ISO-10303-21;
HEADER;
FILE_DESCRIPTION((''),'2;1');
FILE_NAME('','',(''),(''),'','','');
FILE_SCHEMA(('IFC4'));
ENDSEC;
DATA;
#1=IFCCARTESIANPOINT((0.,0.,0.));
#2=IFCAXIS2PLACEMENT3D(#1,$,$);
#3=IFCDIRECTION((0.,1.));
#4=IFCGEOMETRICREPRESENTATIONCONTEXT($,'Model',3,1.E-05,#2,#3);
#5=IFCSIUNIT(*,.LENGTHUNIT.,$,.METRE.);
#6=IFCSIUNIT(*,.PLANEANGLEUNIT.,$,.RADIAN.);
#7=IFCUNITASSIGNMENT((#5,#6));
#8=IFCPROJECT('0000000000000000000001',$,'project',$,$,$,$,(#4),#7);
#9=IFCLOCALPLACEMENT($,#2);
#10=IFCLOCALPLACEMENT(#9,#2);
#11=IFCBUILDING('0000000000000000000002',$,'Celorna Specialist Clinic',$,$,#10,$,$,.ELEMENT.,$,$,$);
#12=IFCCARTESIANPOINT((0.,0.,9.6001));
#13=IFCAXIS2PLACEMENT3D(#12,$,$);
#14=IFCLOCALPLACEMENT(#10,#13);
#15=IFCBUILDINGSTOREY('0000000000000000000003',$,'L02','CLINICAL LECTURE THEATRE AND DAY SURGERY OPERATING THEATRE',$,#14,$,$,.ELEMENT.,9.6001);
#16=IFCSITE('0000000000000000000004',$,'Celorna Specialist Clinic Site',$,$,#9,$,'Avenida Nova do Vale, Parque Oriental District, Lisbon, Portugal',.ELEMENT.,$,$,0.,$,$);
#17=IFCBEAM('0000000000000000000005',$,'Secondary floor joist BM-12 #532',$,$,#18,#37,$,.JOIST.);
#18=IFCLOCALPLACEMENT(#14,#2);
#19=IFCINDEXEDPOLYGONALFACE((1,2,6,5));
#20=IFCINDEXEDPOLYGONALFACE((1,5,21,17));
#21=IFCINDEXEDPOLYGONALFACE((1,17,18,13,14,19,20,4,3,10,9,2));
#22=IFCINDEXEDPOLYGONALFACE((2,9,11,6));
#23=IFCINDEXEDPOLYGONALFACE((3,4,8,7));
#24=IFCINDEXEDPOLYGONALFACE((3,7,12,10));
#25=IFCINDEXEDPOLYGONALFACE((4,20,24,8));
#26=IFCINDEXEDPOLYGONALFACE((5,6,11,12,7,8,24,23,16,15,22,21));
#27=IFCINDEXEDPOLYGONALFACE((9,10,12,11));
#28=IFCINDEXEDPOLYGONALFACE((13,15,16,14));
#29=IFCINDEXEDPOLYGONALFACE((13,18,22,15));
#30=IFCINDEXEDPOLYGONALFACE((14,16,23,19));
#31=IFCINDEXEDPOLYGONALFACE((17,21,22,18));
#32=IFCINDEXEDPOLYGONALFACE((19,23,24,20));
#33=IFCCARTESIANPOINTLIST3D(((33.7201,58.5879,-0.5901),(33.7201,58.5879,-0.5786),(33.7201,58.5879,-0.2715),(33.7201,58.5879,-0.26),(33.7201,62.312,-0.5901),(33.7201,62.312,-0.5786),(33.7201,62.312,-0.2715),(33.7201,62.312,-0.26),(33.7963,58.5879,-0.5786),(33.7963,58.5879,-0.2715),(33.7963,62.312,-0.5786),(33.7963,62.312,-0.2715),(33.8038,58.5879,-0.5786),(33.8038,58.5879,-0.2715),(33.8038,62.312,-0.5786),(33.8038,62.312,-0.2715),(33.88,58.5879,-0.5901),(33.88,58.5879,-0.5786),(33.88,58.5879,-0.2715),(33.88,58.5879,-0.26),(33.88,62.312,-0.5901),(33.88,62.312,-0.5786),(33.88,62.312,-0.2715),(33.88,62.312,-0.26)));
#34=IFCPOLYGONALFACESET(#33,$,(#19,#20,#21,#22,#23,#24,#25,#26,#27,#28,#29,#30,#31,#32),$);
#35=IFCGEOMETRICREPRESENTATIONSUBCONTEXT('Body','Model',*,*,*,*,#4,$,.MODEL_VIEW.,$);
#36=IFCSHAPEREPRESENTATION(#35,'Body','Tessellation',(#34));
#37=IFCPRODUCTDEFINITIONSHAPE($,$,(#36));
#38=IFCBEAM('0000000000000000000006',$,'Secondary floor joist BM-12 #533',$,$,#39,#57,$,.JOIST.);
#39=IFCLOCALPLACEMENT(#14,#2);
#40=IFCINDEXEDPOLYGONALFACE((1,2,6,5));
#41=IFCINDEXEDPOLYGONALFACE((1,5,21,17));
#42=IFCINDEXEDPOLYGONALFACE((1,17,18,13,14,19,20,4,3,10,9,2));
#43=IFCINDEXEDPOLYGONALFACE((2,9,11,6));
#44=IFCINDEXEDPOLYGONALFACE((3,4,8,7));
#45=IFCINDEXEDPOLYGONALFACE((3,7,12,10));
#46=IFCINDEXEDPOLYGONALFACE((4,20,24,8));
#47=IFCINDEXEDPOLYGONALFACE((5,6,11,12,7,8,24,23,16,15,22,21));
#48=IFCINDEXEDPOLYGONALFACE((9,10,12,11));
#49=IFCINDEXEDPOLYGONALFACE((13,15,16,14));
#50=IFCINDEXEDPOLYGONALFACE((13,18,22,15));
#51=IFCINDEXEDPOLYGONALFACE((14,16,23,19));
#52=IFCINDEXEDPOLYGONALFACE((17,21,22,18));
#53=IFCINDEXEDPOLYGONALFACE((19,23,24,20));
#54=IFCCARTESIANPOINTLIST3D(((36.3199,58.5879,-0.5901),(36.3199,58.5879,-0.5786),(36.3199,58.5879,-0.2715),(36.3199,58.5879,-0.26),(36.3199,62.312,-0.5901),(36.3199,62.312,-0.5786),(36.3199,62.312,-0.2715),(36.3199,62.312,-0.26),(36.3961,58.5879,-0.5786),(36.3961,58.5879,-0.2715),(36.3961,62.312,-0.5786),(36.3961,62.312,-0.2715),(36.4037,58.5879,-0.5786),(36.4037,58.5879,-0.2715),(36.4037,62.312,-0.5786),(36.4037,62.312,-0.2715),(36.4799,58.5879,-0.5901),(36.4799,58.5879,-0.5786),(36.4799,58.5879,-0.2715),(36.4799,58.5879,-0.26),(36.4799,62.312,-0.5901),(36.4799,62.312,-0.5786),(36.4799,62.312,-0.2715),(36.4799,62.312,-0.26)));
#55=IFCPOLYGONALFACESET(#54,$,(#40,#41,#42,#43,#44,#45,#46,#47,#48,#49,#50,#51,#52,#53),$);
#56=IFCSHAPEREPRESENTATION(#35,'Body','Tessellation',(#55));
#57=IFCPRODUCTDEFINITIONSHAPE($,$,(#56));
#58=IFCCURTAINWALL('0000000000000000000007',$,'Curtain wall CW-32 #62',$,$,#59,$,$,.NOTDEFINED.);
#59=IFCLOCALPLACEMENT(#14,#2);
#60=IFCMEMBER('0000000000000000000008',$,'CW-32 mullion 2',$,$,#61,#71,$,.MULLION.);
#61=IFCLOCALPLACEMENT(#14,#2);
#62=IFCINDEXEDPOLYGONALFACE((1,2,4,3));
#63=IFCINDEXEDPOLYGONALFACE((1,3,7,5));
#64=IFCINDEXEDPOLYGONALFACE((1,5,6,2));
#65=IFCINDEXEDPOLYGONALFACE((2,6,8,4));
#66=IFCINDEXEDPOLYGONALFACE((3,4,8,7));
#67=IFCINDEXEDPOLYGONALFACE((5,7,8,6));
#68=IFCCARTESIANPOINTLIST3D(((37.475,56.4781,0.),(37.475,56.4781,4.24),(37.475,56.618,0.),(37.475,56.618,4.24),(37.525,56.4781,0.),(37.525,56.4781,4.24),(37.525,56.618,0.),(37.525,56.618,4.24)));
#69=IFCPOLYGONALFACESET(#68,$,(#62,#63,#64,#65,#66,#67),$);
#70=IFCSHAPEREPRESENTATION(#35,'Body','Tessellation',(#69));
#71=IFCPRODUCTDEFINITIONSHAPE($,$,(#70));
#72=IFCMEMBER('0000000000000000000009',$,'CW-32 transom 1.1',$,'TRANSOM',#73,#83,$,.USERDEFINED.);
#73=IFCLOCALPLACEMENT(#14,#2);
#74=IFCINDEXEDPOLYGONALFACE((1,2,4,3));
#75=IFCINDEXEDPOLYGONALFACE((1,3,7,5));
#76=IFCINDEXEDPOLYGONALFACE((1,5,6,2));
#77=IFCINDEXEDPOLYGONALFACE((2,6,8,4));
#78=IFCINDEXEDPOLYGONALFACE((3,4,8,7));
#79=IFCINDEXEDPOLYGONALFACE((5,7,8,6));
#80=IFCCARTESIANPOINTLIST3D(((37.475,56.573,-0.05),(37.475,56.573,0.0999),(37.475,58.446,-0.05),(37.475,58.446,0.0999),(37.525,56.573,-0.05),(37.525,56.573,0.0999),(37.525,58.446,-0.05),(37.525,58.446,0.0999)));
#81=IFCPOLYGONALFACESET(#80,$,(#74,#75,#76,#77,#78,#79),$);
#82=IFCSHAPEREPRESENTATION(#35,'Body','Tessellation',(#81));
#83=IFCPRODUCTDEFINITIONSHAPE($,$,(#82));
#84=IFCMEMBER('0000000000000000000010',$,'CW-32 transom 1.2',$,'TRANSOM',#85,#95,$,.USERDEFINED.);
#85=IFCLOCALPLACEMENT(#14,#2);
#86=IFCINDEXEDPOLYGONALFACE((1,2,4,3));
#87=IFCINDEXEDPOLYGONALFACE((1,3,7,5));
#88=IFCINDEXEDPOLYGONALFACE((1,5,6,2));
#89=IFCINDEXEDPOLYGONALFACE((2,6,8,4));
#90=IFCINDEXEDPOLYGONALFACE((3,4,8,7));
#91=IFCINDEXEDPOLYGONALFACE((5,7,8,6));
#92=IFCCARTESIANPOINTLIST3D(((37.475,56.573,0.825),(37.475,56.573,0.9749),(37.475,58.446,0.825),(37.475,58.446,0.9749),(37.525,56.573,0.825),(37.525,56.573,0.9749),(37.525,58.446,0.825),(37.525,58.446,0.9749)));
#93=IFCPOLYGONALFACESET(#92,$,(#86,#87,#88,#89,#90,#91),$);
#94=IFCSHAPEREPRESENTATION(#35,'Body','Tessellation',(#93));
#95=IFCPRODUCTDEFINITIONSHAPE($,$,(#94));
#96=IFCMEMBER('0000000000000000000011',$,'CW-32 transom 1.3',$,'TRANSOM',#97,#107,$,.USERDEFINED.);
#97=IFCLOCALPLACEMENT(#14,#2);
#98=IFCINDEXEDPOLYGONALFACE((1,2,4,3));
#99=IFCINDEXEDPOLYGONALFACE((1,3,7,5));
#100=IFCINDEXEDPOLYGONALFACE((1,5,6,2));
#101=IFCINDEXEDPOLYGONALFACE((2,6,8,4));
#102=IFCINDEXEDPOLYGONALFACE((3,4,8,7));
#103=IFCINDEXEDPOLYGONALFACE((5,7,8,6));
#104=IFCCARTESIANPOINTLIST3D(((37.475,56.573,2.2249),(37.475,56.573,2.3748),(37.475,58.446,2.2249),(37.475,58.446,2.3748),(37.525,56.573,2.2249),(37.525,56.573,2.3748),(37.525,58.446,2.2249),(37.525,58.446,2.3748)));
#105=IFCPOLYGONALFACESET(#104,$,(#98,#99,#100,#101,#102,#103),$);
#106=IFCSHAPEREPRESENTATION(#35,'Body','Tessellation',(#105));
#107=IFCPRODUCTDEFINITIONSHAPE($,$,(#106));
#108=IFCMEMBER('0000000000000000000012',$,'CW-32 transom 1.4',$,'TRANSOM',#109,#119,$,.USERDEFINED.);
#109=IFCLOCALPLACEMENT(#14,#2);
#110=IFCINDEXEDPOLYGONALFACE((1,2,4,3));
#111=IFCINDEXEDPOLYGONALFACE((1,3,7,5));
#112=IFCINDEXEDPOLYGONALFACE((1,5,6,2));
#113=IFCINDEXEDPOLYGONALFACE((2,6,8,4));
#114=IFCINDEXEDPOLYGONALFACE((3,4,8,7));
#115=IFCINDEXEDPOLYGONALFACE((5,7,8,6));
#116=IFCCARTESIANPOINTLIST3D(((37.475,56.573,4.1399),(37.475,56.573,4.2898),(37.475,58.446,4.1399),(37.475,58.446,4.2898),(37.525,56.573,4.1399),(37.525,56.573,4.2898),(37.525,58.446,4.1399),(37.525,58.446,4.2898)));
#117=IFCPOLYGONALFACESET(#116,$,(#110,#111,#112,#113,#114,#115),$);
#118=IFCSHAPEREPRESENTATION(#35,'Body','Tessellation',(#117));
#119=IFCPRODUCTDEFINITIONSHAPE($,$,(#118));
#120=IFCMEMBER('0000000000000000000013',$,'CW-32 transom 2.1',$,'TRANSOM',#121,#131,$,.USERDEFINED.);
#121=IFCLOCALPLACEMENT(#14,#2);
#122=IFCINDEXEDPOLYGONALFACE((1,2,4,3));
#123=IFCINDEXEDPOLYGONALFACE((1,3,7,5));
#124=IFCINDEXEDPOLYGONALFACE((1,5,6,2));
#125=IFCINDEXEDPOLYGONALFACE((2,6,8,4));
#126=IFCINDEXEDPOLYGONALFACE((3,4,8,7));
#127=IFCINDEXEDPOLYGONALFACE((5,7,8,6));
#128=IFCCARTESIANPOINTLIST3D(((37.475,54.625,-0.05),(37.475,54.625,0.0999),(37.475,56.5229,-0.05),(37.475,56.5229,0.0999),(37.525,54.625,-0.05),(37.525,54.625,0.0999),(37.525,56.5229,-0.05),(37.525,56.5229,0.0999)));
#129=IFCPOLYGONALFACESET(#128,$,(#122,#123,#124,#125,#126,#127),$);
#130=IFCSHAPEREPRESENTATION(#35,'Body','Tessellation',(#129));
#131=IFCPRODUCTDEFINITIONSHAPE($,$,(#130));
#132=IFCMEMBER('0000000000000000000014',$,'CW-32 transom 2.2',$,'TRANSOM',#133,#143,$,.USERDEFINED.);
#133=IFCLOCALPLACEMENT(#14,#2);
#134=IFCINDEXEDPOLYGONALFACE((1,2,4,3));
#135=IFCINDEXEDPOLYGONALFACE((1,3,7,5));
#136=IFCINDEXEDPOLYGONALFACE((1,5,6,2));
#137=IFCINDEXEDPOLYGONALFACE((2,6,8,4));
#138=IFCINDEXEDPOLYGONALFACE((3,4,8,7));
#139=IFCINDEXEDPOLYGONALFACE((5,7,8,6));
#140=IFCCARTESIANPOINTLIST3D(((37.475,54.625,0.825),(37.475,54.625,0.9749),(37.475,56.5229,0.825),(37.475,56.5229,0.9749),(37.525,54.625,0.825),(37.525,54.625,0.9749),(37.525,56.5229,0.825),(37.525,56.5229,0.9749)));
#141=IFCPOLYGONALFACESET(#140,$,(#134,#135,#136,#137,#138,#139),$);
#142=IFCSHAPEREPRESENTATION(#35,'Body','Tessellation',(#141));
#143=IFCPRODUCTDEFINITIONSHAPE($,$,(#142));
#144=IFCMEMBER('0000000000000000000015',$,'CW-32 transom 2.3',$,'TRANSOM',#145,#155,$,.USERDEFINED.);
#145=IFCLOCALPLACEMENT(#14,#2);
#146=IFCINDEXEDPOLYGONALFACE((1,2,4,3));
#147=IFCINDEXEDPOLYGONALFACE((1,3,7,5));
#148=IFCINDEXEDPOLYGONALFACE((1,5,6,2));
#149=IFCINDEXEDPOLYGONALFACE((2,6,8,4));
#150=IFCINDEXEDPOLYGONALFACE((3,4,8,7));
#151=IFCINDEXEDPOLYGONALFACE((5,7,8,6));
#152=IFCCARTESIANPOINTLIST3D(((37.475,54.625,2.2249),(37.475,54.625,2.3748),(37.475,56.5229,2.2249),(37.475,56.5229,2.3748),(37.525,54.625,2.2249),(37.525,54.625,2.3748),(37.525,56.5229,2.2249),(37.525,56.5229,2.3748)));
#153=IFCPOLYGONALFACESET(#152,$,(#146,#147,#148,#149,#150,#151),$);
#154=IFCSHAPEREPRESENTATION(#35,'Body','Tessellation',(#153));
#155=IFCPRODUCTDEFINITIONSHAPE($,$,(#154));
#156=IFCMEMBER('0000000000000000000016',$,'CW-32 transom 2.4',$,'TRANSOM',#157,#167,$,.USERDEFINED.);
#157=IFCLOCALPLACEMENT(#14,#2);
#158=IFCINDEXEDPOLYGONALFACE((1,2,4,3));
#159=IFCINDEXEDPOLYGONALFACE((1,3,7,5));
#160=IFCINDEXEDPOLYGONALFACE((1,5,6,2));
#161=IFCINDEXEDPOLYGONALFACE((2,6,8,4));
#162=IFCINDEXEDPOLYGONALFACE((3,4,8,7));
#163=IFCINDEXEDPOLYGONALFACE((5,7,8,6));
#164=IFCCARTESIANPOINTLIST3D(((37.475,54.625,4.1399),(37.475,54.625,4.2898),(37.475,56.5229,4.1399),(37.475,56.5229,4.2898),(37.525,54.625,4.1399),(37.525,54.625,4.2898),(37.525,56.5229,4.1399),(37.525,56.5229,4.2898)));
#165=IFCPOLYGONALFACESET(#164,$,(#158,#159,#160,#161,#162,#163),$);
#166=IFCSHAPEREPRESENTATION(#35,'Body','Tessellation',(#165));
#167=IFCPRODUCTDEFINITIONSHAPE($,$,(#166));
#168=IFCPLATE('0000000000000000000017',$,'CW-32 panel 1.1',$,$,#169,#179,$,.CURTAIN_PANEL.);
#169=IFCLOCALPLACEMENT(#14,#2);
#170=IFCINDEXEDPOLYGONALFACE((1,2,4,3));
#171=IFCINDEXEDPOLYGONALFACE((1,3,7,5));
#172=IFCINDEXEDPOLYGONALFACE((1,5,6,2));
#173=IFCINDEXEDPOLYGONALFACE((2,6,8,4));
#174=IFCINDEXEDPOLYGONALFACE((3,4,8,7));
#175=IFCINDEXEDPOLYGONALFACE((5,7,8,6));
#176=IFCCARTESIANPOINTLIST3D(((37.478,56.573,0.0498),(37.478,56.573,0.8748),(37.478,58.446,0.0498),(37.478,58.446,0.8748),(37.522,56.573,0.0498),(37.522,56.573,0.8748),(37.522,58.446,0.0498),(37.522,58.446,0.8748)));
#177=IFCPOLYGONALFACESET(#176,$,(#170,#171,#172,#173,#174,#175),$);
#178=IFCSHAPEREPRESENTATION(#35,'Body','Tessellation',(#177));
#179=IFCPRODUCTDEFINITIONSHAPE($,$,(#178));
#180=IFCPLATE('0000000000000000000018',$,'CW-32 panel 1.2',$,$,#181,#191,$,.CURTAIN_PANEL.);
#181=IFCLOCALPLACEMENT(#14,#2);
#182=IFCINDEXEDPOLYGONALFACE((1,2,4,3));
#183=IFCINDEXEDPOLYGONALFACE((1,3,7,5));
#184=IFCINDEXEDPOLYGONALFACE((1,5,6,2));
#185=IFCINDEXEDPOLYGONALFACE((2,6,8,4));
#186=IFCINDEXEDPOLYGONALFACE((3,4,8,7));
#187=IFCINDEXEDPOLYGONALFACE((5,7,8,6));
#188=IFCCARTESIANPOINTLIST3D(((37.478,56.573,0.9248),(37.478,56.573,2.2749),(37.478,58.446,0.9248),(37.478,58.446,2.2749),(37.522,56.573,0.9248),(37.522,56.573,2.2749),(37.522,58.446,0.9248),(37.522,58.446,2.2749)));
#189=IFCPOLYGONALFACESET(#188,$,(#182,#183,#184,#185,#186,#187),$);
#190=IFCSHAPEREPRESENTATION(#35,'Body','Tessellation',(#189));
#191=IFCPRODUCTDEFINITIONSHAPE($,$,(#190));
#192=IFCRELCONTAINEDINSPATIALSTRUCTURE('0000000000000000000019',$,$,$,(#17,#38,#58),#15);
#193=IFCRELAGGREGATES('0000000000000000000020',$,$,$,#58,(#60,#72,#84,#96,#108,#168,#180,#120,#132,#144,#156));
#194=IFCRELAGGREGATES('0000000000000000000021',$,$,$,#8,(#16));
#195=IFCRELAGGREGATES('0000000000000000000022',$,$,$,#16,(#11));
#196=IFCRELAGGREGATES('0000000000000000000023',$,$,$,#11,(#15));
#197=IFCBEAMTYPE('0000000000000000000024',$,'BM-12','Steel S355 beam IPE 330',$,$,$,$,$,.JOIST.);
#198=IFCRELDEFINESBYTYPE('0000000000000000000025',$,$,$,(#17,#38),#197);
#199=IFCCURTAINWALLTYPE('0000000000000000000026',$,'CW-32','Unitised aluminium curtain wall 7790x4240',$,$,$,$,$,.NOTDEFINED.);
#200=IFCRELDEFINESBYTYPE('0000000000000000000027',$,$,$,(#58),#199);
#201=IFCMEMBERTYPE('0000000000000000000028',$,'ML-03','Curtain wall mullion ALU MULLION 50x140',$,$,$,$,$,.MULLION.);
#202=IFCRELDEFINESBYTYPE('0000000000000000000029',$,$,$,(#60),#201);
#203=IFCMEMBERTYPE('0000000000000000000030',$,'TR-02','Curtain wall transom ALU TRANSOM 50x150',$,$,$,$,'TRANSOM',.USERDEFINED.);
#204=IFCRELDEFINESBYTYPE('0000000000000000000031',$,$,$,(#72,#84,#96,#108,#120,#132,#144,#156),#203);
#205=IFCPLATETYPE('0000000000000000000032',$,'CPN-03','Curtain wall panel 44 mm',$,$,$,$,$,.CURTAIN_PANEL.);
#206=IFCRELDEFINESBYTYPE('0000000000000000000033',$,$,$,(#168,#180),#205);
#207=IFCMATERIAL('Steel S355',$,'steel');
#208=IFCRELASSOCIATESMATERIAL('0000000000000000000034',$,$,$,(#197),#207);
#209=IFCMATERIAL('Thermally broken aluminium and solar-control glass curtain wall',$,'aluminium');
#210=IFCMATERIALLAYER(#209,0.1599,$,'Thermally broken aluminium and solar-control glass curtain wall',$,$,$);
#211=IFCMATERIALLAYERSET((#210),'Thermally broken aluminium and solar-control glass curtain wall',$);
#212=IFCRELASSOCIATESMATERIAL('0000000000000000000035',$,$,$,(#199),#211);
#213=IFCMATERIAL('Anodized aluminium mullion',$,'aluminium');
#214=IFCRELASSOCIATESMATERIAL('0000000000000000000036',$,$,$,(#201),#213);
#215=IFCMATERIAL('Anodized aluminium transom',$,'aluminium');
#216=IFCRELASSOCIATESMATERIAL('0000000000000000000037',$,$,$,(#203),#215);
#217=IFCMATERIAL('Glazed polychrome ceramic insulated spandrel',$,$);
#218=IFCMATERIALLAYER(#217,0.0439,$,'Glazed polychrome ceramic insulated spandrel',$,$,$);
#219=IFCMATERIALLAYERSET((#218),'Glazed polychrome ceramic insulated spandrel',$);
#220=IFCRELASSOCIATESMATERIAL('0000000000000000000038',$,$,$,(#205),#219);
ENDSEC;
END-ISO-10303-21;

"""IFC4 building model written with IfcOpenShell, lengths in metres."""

from ifc_helpers import new_model, si_unit, direction, frame, origin, origin_2d, place, context, subcontext, project, spatial, rectangle, i_section, extrude, material, layer, layer_set, material_profile, profile_set, type_object, element, aggregate, save


model = new_model("IFC4")

# Units and contexts
model_context = context("Model", 3, precision=1e-05, world=origin(), true_north=direction((0.0, 1.0)))
body_context = subcontext(model_context, "Body", "Model", "MODEL_VIEW")
ifc_project = project(units=[si_unit("LENGTHUNIT", "METRE"), si_unit("PLANEANGLEUNIT", "RADIAN")], contexts=[model_context])

# Site, building, storey
site_placement = place(None, origin())
site = spatial("IfcSite", under=ifc_project, at=site_placement, Name="Celorna Specialist Clinic Site", LongName="Avenida Nova do Vale, Parque Oriental District, Lisbon, Portugal", CompositionType="ELEMENT", RefElevation=0.0)
building_placement = place(site_placement, origin())
building = spatial("IfcBuilding", under=site, at=building_placement, Name="Celorna Specialist Clinic", CompositionType="ELEMENT")
storey_placement = place(building_placement, frame((0.0, 0.0, 9.6001)))
storey = spatial("IfcBuildingStorey", under=building, at=storey_placement, Name="L02", Description="CLINICAL LECTURE THEATRE AND DAY SURGERY OPERATING THEATRE", CompositionType="ELEMENT", Elevation=9.6001)

# Beams
ifc_material_1 = material(Name="Steel S355", Category="steel")
ifc_material_profile_1 = material_profile(ifc_material_1, i_section(OverallWidth=0.1599, OverallDepth=0.3301, WebThickness=0.0076, FlangeThickness=0.0115, at=origin_2d()), Name="IPE 330")
ifc_profile_set_1 = profile_set([ifc_material_profile_1], Name="Steel S355")
beam_type_1 = type_object("IfcBeamType", Name="BM-12", Description="Steel S355 beam IPE 330", PredefinedType="JOIST", material=ifc_profile_set_1)
for number, where, z_axis, x_axis, name in (
    (1, (33.8, 58.5879, -0.425), (0.0, 1.0, 0.0), (-1.0, 0.0, 0.0), "Secondary floor joist BM-12 #532"),
    (2, (36.3999, 58.5879, -0.425), (0.0, 1.0, 0.0), (-1.0, 0.0, 0.0), "Secondary floor joist BM-12 #533"),
):
    element("IfcBeam", number, at=place(storey_placement, frame(where, z_axis=z_axis, x_axis=x_axis)), inside=storey, type_object=beam_type_1, Name=name, PredefinedType="JOIST", context=body_context, shape_type="SweptSolid", body=[
        extrude(i_section(OverallWidth=0.1599, OverallDepth=0.3301, WebThickness=0.0076, FlangeThickness=0.0115, at=origin_2d()), origin(), (0.0, 0.0, 1.0), 3.7241),
    ])

# Curtain wall, members, plates
ifc_material_2 = material(Name="Thermally broken aluminium and solar-control glass curtain wall", Category="aluminium")
ifc_layer_1 = layer(ifc_material_2, 0.1599, Name="Thermally broken aluminium and solar-control glass curtain wall")
ifc_layer_set_1 = layer_set([ifc_layer_1], Name="Thermally broken aluminium and solar-control glass curtain wall")
curtain_wall_type = type_object("IfcCurtainWallType", Name="CW-32", Description="Unitised aluminium curtain wall 7790x4240", PredefinedType="NOTDEFINED", material=ifc_layer_set_1)
curtain_wall_placement = place(storey_placement, origin())
curtain_wall = element("IfcCurtainWall", 3, at=curtain_wall_placement, inside=storey, type_object=curtain_wall_type, Name="Curtain wall CW-32 #62", PredefinedType="NOTDEFINED")
ifc_material_3 = material(Name="Anodized aluminium mullion", Category="aluminium")
ifc_material_profile_2 = material_profile(ifc_material_3, rectangle(XDim=0.05, YDim=0.1399, at=origin_2d()), Name="ALU MULLION 50x140")
ifc_profile_set_2 = profile_set([ifc_material_profile_2], Name="Anodized aluminium mullion")
member_type_1 = type_object("IfcMemberType", Name="ML-03", Description="Curtain wall mullion ALU MULLION 50x140", PredefinedType="MULLION", material=ifc_profile_set_2)
member_1_placement = place(storey_placement, frame((37.5, 56.5481, 0.0), z_axis=(0.0, 0.0, 1.0), x_axis=(1.0, 0.0, 0.0)))
member_1 = element("IfcMember", 4, at=member_1_placement, type_object=member_type_1, Name="CW-32 mullion 2", PredefinedType="MULLION", context=body_context, shape_type="SweptSolid", body=[
    extrude(rectangle(XDim=0.05, YDim=0.1399, at=origin_2d()), origin(), (0.0, 0.0, 1.0), 4.24),
])
ifc_material_4 = material(Name="Anodized aluminium transom", Category="aluminium")
ifc_material_profile_3 = material_profile(ifc_material_4, rectangle(XDim=0.05, YDim=0.1499, at=origin_2d()), Name="ALU TRANSOM 50x150")
ifc_profile_set_3 = profile_set([ifc_material_profile_3], Name="Anodized aluminium transom")
member_type_2 = type_object("IfcMemberType", Name="TR-02", Description="Curtain wall transom ALU TRANSOM 50x150", ElementType="TRANSOM", PredefinedType="USERDEFINED", material=ifc_profile_set_3)
member_2_placement = place(storey_placement, frame((37.5, 58.446, 0.0249), z_axis=(0.0, -1.0, 0.0), x_axis=(1.0, 0.0, 0.0)))
member_2 = element("IfcMember", 5, at=member_2_placement, type_object=member_type_2, Name="CW-32 transom 1.1", ObjectType="TRANSOM", PredefinedType="USERDEFINED", context=body_context, shape_type="SweptSolid", body=[
    extrude(rectangle(XDim=0.05, YDim=0.1499, at=origin_2d()), origin(), (0.0, 0.0, 1.0), 1.873),
])
member_3_placement = place(storey_placement, frame((37.5, 58.446, 0.8999), z_axis=(0.0, -1.0, 0.0), x_axis=(1.0, 0.0, 0.0)))
member_3 = element("IfcMember", 6, at=member_3_placement, type_object=member_type_2, Name="CW-32 transom 1.2", ObjectType="TRANSOM", PredefinedType="USERDEFINED", context=body_context, shape_type="SweptSolid", body=[
    extrude(rectangle(XDim=0.05, YDim=0.1499, at=origin_2d()), origin(), (0.0, 0.0, 1.0), 1.873),
])
member_4_placement = place(storey_placement, frame((37.5, 58.446, 2.2998), z_axis=(0.0, -1.0, 0.0), x_axis=(1.0, 0.0, 0.0)))
member_4 = element("IfcMember", 7, at=member_4_placement, type_object=member_type_2, Name="CW-32 transom 1.3", ObjectType="TRANSOM", PredefinedType="USERDEFINED", context=body_context, shape_type="SweptSolid", body=[
    extrude(rectangle(XDim=0.05, YDim=0.1499, at=origin_2d()), origin(), (0.0, 0.0, 1.0), 1.873),
])
member_5_placement = place(storey_placement, frame((37.5, 58.446, 4.2148), z_axis=(0.0, -1.0, 0.0), x_axis=(1.0, 0.0, 0.0)))
member_5 = element("IfcMember", 8, at=member_5_placement, type_object=member_type_2, Name="CW-32 transom 1.4", ObjectType="TRANSOM", PredefinedType="USERDEFINED", context=body_context, shape_type="SweptSolid", body=[
    extrude(rectangle(XDim=0.05, YDim=0.1499, at=origin_2d()), origin(), (0.0, 0.0, 1.0), 1.873),
])
member_6_placement = place(storey_placement, frame((37.5, 56.5229, 0.0249), z_axis=(0.0, -1.0, 0.0), x_axis=(1.0, 0.0, 0.0)))
member_6 = element("IfcMember", 9, at=member_6_placement, type_object=member_type_2, Name="CW-32 transom 2.1", ObjectType="TRANSOM", PredefinedType="USERDEFINED", context=body_context, shape_type="SweptSolid", body=[
    extrude(rectangle(XDim=0.05, YDim=0.1499, at=origin_2d()), origin(), (0.0, 0.0, 1.0), 1.8979),
])
member_7_placement = place(storey_placement, frame((37.5, 56.5229, 0.8999), z_axis=(0.0, -1.0, 0.0), x_axis=(1.0, 0.0, 0.0)))
member_7 = element("IfcMember", 10, at=member_7_placement, type_object=member_type_2, Name="CW-32 transom 2.2", ObjectType="TRANSOM", PredefinedType="USERDEFINED", context=body_context, shape_type="SweptSolid", body=[
    extrude(rectangle(XDim=0.05, YDim=0.1499, at=origin_2d()), origin(), (0.0, 0.0, 1.0), 1.8979),
])
member_8_placement = place(storey_placement, frame((37.5, 56.5229, 2.2998), z_axis=(0.0, -1.0, 0.0), x_axis=(1.0, 0.0, 0.0)))
member_8 = element("IfcMember", 11, at=member_8_placement, type_object=member_type_2, Name="CW-32 transom 2.3", ObjectType="TRANSOM", PredefinedType="USERDEFINED", context=body_context, shape_type="SweptSolid", body=[
    extrude(rectangle(XDim=0.05, YDim=0.1499, at=origin_2d()), origin(), (0.0, 0.0, 1.0), 1.8979),
])
member_9_placement = place(storey_placement, frame((37.5, 56.5229, 4.2148), z_axis=(0.0, -1.0, 0.0), x_axis=(1.0, 0.0, 0.0)))
member_9 = element("IfcMember", 12, at=member_9_placement, type_object=member_type_2, Name="CW-32 transom 2.4", ObjectType="TRANSOM", PredefinedType="USERDEFINED", context=body_context, shape_type="SweptSolid", body=[
    extrude(rectangle(XDim=0.05, YDim=0.1499, at=origin_2d()), origin(), (0.0, 0.0, 1.0), 1.8979),
])
ifc_material_5 = material(Name="Glazed polychrome ceramic insulated spandrel")
ifc_layer_2 = layer(ifc_material_5, 0.0439, Name="Glazed polychrome ceramic insulated spandrel")
ifc_layer_set_2 = layer_set([ifc_layer_2], Name="Glazed polychrome ceramic insulated spandrel")
plate_type = type_object("IfcPlateType", Name="CPN-03", Description="Curtain wall panel 44 mm", PredefinedType="CURTAIN_PANEL", material=ifc_layer_set_2)
plate_1_placement = place(storey_placement, frame((37.5, 57.5095, 0.0498), z_axis=(0.0, 0.0, 1.0), x_axis=(0.0, -1.0, 0.0)))
plate_1 = element("IfcPlate", 13, at=plate_1_placement, type_object=plate_type, Name="CW-32 panel 1.1", PredefinedType="CURTAIN_PANEL", context=body_context, shape_type="SweptSolid", body=[
    extrude(rectangle(XDim=1.873, YDim=0.0439, at=origin_2d()), origin(), (0.0, 0.0, 1.0), 0.825),
])
plate_2_placement = place(storey_placement, frame((37.5, 57.5095, 0.9248), z_axis=(0.0, 0.0, 1.0), x_axis=(0.0, -1.0, 0.0)))
plate_2 = element("IfcPlate", 14, at=plate_2_placement, type_object=plate_type, Name="CW-32 panel 1.2", PredefinedType="CURTAIN_PANEL", context=body_context, shape_type="SweptSolid", body=[
    extrude(rectangle(XDim=1.873, YDim=0.0439, at=origin_2d()), origin(), (0.0, 0.0, 1.0), 1.3501),
])
aggregate(curtain_wall, [member_1, member_2, member_3, member_4, member_5, plate_1, plate_2, member_6, member_7, member_8, member_9])

save(model, "model.ifc")
